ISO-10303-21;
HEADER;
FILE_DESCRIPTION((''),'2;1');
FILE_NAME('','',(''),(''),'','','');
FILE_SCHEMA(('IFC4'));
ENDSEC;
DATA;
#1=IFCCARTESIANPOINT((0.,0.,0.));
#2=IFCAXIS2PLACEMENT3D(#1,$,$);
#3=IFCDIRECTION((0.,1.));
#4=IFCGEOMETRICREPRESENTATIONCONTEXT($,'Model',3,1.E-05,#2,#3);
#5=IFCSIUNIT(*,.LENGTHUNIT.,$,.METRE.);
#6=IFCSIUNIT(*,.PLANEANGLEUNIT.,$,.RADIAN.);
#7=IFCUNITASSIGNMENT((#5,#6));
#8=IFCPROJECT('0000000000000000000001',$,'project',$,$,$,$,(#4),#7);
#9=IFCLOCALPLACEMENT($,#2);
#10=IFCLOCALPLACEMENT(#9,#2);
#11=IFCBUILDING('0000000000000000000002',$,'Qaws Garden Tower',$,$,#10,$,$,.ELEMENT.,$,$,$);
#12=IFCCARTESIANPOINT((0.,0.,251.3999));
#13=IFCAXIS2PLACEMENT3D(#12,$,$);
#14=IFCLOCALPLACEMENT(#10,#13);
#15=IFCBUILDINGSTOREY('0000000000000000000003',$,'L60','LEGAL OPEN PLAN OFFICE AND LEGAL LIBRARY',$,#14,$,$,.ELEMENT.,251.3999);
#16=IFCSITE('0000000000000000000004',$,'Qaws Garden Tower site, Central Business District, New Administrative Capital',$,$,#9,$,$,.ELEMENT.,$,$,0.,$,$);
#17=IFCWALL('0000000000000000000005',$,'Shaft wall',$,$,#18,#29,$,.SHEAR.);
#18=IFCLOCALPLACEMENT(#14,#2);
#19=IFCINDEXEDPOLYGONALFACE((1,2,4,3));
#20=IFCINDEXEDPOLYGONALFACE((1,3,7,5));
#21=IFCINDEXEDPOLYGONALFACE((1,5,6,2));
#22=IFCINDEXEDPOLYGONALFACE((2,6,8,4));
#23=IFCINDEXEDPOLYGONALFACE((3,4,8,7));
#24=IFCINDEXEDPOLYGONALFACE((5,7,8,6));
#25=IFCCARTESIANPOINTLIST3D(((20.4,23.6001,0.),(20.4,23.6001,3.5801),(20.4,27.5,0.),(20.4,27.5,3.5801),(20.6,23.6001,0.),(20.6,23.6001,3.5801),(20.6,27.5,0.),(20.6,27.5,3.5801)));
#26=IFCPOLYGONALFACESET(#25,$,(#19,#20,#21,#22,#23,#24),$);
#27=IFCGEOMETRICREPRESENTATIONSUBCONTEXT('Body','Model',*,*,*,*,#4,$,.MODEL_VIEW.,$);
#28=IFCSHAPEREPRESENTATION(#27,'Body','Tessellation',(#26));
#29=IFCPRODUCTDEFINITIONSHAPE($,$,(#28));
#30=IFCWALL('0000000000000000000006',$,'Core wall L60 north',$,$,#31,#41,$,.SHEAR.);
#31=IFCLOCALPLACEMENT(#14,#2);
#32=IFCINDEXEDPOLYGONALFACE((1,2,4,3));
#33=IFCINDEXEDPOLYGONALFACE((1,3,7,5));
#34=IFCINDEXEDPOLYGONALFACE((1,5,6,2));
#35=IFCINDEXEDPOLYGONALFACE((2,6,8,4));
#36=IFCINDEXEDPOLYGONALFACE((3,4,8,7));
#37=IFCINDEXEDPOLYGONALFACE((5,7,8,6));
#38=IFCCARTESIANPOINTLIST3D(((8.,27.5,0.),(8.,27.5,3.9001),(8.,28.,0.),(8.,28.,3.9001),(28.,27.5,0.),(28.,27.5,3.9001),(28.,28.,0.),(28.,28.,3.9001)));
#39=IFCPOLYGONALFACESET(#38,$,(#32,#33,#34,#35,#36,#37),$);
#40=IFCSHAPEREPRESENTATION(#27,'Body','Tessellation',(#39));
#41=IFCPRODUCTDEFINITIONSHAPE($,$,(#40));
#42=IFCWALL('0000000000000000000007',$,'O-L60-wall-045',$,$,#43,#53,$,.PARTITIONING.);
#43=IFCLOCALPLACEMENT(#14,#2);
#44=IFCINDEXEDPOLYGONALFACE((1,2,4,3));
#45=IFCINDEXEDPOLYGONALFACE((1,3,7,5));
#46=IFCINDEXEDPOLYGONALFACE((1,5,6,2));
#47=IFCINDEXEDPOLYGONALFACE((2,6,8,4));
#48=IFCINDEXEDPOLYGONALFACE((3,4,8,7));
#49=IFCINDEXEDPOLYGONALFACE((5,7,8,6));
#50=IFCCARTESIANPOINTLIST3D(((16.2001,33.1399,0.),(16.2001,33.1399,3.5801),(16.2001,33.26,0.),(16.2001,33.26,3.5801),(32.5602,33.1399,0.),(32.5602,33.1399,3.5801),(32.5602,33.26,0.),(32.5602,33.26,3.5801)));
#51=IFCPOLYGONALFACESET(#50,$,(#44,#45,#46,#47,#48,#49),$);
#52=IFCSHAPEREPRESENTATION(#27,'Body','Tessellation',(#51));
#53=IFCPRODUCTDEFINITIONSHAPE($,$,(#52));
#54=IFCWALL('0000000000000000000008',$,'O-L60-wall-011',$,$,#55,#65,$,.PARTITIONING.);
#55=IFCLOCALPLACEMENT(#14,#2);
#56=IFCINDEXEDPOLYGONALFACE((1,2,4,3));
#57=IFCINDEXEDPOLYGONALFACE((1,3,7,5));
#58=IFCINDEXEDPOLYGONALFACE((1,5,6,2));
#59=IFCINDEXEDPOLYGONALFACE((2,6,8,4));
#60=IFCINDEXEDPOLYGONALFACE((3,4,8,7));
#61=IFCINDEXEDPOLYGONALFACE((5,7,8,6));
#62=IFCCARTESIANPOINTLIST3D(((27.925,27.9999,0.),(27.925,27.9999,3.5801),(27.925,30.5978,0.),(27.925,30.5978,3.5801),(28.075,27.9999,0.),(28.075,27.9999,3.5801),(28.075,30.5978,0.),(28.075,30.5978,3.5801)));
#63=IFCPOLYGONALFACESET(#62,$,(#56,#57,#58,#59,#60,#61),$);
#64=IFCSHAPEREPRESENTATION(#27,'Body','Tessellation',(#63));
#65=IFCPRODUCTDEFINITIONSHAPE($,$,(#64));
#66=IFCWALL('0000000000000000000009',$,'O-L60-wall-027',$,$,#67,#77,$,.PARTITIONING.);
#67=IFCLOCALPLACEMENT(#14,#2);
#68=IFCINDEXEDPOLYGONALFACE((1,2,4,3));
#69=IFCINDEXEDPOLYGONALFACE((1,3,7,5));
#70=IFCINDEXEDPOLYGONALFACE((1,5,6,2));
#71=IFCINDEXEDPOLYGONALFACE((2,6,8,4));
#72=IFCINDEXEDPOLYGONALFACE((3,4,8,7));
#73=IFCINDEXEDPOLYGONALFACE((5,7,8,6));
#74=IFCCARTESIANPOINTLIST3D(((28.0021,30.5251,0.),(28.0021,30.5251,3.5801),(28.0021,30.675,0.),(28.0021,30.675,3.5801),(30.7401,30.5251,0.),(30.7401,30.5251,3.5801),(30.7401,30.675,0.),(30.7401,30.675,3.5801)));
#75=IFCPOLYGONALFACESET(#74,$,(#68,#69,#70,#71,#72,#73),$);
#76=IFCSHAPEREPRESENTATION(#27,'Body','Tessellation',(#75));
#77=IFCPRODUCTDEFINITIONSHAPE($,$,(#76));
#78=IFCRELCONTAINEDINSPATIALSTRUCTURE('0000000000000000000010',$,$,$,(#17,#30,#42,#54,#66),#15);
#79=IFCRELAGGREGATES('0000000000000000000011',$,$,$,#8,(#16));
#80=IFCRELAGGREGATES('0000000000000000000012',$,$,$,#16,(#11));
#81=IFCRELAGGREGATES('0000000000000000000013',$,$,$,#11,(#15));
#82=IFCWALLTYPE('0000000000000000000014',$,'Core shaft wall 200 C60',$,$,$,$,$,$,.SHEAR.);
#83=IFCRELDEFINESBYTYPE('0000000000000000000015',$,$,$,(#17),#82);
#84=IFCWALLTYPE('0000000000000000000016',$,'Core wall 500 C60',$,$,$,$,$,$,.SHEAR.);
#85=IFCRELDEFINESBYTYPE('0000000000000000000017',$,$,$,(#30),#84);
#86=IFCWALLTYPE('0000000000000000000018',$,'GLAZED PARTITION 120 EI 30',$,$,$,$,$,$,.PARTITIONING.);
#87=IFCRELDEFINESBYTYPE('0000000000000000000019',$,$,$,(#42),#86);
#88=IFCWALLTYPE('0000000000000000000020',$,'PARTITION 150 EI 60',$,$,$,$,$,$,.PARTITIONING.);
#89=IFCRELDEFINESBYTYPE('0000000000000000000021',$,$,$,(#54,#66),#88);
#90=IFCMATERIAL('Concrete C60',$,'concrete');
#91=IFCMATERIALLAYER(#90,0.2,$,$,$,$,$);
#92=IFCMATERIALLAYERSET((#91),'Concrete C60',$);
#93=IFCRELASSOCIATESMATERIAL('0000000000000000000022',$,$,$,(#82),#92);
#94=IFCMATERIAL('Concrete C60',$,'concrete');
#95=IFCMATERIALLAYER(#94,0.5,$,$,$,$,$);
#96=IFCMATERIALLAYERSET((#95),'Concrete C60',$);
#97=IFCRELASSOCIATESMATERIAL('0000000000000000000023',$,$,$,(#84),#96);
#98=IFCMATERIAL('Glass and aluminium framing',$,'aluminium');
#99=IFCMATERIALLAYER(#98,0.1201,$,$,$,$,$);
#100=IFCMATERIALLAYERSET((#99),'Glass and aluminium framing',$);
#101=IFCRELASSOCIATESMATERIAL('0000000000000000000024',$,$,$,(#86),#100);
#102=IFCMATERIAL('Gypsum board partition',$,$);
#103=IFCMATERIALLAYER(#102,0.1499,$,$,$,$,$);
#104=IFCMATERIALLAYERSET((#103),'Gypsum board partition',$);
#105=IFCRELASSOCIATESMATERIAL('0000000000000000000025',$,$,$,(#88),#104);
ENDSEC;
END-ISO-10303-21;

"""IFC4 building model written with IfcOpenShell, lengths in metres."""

from ifc_helpers import new_model, si_unit, direction, frame, frame_2d, origin, place, context, subcontext, project, spatial, rectangle, extrude, material, layer, layer_set, type_object, element, save


model = new_model("IFC4")

# Units and contexts
model_context = context("Model", 3, precision=1e-05, world=origin(), true_north=direction((0.0, 1.0)))
body_context = subcontext(model_context, "Body", "Model", "MODEL_VIEW")
ifc_project = project(units=[si_unit("LENGTHUNIT", "METRE"), si_unit("PLANEANGLEUNIT", "RADIAN")], contexts=[model_context])

# Site, building, storey
site_placement = place(None, origin())
site = spatial("IfcSite", under=ifc_project, at=site_placement, Name="Qaws Garden Tower site, Central Business District, New Administrative Capital", CompositionType="ELEMENT", RefElevation=0.0)
building_placement = place(site_placement, origin())
building = spatial("IfcBuilding", under=site, at=building_placement, Name="Qaws Garden Tower", CompositionType="ELEMENT")
storey_placement = place(building_placement, frame((0.0, 0.0, 251.3999)))
storey = spatial("IfcBuildingStorey", under=building, at=storey_placement, Name="L60", Description="LEGAL OPEN PLAN OFFICE AND LEGAL LIBRARY", CompositionType="ELEMENT", Elevation=251.3999)

# Shared definitions
ifc_material_1 = material(Name="Concrete C60", Category="concrete")
ifc_layer_1 = layer(ifc_material_1, 0.2)
ifc_layer_set_1 = layer_set([ifc_layer_1], Name="Concrete C60")
wall_type_1 = type_object("IfcWallType", Name="Core shaft wall 200 C60", PredefinedType="SHEAR", material=ifc_layer_set_1)

# Walls
wall_1_placement = place(storey_placement, frame((20.5, 23.6001, 0.0), z_axis=(0.0, 0.0, 1.0), x_axis=(0.0, 1.0, 0.0)))
element("IfcWall", 1, at=wall_1_placement, inside=storey, type_object=wall_type_1, Name="Shaft wall", PredefinedType="SHEAR", context=body_context, shape_type="SweptSolid", body=[
    extrude(rectangle(XDim=3.8999, YDim=0.2, at=frame_2d((1.95, 0.0))), origin(), (0.0, 0.0, 1.0), 3.5801),
])
ifc_material_2 = material(Name="Concrete C60", Category="concrete")
ifc_layer_2 = layer(ifc_material_2, 0.5)
ifc_layer_set_2 = layer_set([ifc_layer_2], Name="Concrete C60")
wall_type_2 = type_object("IfcWallType", Name="Core wall 500 C60", PredefinedType="SHEAR", material=ifc_layer_set_2)
wall_2_placement = place(storey_placement, frame((28.0, 27.75, 0.0), z_axis=(0.0, 0.0, 1.0), x_axis=(-1.0, 0.0, 0.0)))
element("IfcWall", 2, at=wall_2_placement, inside=storey, type_object=wall_type_2, Name="Core wall L60 north", PredefinedType="SHEAR", context=body_context, shape_type="SweptSolid", body=[
    extrude(rectangle(XDim=20.0, YDim=0.5, at=frame_2d((10.0, 0.0))), origin(), (0.0, 0.0, 1.0), 3.9001),
])
ifc_material_3 = material(Name="Glass and aluminium framing", Category="aluminium")
ifc_layer_3 = layer(ifc_material_3, 0.1201)
ifc_layer_set_3 = layer_set([ifc_layer_3], Name="Glass and aluminium framing")
wall_type_3 = type_object("IfcWallType", Name="GLAZED PARTITION 120 EI 30", PredefinedType="PARTITIONING", material=ifc_layer_set_3)
wall_3_placement = place(storey_placement, frame((16.2, 33.2, 0.0), z_axis=(0.0, 0.0, 1.0), x_axis=(1.0, 0.0, 0.0)))
element("IfcWall", 3, at=wall_3_placement, inside=storey, type_object=wall_type_3, Name="O-L60-wall-045", PredefinedType="PARTITIONING", context=body_context, shape_type="SweptSolid", body=[
    extrude(rectangle(XDim=16.3601, YDim=0.1201, at=frame_2d((8.1802, 0.0))), origin(), (0.0, 0.0, 1.0), 3.5801),
])
ifc_material_4 = material(Name="Gypsum board partition")
ifc_layer_4 = layer(ifc_material_4, 0.1499)
ifc_layer_set_4 = layer_set([ifc_layer_4], Name="Gypsum board partition")
wall_type_4 = type_object("IfcWallType", Name="PARTITION 150 EI 60", PredefinedType="PARTITIONING", material=ifc_layer_set_4)
wall_4_placement = place(storey_placement, frame((28.0, 28.0, 0.0), z_axis=(0.0, 0.0, 1.0), x_axis=(0.0, 1.0, 0.0)))
element("IfcWall", 4, at=wall_4_placement, inside=storey, type_object=wall_type_4, Name="O-L60-wall-011", PredefinedType="PARTITIONING", context=body_context, shape_type="SweptSolid", body=[
    extrude(rectangle(XDim=2.5979, YDim=0.1499, at=frame_2d((1.2988, 0.0))), origin(), (0.0, 0.0, 1.0), 3.5801),
])
wall_5_placement = place(storey_placement, frame((28.002, 30.6001, 0.0), z_axis=(0.0, 0.0, 1.0), x_axis=(1.0, 0.0, 0.0)))
element("IfcWall", 5, at=wall_5_placement, inside=storey, type_object=wall_type_4, Name="O-L60-wall-027", PredefinedType="PARTITIONING", context=body_context, shape_type="SweptSolid", body=[
    extrude(rectangle(XDim=2.738, YDim=0.1499, at=frame_2d((1.3691, 0.0))), origin(), (0.0, 0.0, 1.0), 3.5801),
])

save(model, "model.ifc")
